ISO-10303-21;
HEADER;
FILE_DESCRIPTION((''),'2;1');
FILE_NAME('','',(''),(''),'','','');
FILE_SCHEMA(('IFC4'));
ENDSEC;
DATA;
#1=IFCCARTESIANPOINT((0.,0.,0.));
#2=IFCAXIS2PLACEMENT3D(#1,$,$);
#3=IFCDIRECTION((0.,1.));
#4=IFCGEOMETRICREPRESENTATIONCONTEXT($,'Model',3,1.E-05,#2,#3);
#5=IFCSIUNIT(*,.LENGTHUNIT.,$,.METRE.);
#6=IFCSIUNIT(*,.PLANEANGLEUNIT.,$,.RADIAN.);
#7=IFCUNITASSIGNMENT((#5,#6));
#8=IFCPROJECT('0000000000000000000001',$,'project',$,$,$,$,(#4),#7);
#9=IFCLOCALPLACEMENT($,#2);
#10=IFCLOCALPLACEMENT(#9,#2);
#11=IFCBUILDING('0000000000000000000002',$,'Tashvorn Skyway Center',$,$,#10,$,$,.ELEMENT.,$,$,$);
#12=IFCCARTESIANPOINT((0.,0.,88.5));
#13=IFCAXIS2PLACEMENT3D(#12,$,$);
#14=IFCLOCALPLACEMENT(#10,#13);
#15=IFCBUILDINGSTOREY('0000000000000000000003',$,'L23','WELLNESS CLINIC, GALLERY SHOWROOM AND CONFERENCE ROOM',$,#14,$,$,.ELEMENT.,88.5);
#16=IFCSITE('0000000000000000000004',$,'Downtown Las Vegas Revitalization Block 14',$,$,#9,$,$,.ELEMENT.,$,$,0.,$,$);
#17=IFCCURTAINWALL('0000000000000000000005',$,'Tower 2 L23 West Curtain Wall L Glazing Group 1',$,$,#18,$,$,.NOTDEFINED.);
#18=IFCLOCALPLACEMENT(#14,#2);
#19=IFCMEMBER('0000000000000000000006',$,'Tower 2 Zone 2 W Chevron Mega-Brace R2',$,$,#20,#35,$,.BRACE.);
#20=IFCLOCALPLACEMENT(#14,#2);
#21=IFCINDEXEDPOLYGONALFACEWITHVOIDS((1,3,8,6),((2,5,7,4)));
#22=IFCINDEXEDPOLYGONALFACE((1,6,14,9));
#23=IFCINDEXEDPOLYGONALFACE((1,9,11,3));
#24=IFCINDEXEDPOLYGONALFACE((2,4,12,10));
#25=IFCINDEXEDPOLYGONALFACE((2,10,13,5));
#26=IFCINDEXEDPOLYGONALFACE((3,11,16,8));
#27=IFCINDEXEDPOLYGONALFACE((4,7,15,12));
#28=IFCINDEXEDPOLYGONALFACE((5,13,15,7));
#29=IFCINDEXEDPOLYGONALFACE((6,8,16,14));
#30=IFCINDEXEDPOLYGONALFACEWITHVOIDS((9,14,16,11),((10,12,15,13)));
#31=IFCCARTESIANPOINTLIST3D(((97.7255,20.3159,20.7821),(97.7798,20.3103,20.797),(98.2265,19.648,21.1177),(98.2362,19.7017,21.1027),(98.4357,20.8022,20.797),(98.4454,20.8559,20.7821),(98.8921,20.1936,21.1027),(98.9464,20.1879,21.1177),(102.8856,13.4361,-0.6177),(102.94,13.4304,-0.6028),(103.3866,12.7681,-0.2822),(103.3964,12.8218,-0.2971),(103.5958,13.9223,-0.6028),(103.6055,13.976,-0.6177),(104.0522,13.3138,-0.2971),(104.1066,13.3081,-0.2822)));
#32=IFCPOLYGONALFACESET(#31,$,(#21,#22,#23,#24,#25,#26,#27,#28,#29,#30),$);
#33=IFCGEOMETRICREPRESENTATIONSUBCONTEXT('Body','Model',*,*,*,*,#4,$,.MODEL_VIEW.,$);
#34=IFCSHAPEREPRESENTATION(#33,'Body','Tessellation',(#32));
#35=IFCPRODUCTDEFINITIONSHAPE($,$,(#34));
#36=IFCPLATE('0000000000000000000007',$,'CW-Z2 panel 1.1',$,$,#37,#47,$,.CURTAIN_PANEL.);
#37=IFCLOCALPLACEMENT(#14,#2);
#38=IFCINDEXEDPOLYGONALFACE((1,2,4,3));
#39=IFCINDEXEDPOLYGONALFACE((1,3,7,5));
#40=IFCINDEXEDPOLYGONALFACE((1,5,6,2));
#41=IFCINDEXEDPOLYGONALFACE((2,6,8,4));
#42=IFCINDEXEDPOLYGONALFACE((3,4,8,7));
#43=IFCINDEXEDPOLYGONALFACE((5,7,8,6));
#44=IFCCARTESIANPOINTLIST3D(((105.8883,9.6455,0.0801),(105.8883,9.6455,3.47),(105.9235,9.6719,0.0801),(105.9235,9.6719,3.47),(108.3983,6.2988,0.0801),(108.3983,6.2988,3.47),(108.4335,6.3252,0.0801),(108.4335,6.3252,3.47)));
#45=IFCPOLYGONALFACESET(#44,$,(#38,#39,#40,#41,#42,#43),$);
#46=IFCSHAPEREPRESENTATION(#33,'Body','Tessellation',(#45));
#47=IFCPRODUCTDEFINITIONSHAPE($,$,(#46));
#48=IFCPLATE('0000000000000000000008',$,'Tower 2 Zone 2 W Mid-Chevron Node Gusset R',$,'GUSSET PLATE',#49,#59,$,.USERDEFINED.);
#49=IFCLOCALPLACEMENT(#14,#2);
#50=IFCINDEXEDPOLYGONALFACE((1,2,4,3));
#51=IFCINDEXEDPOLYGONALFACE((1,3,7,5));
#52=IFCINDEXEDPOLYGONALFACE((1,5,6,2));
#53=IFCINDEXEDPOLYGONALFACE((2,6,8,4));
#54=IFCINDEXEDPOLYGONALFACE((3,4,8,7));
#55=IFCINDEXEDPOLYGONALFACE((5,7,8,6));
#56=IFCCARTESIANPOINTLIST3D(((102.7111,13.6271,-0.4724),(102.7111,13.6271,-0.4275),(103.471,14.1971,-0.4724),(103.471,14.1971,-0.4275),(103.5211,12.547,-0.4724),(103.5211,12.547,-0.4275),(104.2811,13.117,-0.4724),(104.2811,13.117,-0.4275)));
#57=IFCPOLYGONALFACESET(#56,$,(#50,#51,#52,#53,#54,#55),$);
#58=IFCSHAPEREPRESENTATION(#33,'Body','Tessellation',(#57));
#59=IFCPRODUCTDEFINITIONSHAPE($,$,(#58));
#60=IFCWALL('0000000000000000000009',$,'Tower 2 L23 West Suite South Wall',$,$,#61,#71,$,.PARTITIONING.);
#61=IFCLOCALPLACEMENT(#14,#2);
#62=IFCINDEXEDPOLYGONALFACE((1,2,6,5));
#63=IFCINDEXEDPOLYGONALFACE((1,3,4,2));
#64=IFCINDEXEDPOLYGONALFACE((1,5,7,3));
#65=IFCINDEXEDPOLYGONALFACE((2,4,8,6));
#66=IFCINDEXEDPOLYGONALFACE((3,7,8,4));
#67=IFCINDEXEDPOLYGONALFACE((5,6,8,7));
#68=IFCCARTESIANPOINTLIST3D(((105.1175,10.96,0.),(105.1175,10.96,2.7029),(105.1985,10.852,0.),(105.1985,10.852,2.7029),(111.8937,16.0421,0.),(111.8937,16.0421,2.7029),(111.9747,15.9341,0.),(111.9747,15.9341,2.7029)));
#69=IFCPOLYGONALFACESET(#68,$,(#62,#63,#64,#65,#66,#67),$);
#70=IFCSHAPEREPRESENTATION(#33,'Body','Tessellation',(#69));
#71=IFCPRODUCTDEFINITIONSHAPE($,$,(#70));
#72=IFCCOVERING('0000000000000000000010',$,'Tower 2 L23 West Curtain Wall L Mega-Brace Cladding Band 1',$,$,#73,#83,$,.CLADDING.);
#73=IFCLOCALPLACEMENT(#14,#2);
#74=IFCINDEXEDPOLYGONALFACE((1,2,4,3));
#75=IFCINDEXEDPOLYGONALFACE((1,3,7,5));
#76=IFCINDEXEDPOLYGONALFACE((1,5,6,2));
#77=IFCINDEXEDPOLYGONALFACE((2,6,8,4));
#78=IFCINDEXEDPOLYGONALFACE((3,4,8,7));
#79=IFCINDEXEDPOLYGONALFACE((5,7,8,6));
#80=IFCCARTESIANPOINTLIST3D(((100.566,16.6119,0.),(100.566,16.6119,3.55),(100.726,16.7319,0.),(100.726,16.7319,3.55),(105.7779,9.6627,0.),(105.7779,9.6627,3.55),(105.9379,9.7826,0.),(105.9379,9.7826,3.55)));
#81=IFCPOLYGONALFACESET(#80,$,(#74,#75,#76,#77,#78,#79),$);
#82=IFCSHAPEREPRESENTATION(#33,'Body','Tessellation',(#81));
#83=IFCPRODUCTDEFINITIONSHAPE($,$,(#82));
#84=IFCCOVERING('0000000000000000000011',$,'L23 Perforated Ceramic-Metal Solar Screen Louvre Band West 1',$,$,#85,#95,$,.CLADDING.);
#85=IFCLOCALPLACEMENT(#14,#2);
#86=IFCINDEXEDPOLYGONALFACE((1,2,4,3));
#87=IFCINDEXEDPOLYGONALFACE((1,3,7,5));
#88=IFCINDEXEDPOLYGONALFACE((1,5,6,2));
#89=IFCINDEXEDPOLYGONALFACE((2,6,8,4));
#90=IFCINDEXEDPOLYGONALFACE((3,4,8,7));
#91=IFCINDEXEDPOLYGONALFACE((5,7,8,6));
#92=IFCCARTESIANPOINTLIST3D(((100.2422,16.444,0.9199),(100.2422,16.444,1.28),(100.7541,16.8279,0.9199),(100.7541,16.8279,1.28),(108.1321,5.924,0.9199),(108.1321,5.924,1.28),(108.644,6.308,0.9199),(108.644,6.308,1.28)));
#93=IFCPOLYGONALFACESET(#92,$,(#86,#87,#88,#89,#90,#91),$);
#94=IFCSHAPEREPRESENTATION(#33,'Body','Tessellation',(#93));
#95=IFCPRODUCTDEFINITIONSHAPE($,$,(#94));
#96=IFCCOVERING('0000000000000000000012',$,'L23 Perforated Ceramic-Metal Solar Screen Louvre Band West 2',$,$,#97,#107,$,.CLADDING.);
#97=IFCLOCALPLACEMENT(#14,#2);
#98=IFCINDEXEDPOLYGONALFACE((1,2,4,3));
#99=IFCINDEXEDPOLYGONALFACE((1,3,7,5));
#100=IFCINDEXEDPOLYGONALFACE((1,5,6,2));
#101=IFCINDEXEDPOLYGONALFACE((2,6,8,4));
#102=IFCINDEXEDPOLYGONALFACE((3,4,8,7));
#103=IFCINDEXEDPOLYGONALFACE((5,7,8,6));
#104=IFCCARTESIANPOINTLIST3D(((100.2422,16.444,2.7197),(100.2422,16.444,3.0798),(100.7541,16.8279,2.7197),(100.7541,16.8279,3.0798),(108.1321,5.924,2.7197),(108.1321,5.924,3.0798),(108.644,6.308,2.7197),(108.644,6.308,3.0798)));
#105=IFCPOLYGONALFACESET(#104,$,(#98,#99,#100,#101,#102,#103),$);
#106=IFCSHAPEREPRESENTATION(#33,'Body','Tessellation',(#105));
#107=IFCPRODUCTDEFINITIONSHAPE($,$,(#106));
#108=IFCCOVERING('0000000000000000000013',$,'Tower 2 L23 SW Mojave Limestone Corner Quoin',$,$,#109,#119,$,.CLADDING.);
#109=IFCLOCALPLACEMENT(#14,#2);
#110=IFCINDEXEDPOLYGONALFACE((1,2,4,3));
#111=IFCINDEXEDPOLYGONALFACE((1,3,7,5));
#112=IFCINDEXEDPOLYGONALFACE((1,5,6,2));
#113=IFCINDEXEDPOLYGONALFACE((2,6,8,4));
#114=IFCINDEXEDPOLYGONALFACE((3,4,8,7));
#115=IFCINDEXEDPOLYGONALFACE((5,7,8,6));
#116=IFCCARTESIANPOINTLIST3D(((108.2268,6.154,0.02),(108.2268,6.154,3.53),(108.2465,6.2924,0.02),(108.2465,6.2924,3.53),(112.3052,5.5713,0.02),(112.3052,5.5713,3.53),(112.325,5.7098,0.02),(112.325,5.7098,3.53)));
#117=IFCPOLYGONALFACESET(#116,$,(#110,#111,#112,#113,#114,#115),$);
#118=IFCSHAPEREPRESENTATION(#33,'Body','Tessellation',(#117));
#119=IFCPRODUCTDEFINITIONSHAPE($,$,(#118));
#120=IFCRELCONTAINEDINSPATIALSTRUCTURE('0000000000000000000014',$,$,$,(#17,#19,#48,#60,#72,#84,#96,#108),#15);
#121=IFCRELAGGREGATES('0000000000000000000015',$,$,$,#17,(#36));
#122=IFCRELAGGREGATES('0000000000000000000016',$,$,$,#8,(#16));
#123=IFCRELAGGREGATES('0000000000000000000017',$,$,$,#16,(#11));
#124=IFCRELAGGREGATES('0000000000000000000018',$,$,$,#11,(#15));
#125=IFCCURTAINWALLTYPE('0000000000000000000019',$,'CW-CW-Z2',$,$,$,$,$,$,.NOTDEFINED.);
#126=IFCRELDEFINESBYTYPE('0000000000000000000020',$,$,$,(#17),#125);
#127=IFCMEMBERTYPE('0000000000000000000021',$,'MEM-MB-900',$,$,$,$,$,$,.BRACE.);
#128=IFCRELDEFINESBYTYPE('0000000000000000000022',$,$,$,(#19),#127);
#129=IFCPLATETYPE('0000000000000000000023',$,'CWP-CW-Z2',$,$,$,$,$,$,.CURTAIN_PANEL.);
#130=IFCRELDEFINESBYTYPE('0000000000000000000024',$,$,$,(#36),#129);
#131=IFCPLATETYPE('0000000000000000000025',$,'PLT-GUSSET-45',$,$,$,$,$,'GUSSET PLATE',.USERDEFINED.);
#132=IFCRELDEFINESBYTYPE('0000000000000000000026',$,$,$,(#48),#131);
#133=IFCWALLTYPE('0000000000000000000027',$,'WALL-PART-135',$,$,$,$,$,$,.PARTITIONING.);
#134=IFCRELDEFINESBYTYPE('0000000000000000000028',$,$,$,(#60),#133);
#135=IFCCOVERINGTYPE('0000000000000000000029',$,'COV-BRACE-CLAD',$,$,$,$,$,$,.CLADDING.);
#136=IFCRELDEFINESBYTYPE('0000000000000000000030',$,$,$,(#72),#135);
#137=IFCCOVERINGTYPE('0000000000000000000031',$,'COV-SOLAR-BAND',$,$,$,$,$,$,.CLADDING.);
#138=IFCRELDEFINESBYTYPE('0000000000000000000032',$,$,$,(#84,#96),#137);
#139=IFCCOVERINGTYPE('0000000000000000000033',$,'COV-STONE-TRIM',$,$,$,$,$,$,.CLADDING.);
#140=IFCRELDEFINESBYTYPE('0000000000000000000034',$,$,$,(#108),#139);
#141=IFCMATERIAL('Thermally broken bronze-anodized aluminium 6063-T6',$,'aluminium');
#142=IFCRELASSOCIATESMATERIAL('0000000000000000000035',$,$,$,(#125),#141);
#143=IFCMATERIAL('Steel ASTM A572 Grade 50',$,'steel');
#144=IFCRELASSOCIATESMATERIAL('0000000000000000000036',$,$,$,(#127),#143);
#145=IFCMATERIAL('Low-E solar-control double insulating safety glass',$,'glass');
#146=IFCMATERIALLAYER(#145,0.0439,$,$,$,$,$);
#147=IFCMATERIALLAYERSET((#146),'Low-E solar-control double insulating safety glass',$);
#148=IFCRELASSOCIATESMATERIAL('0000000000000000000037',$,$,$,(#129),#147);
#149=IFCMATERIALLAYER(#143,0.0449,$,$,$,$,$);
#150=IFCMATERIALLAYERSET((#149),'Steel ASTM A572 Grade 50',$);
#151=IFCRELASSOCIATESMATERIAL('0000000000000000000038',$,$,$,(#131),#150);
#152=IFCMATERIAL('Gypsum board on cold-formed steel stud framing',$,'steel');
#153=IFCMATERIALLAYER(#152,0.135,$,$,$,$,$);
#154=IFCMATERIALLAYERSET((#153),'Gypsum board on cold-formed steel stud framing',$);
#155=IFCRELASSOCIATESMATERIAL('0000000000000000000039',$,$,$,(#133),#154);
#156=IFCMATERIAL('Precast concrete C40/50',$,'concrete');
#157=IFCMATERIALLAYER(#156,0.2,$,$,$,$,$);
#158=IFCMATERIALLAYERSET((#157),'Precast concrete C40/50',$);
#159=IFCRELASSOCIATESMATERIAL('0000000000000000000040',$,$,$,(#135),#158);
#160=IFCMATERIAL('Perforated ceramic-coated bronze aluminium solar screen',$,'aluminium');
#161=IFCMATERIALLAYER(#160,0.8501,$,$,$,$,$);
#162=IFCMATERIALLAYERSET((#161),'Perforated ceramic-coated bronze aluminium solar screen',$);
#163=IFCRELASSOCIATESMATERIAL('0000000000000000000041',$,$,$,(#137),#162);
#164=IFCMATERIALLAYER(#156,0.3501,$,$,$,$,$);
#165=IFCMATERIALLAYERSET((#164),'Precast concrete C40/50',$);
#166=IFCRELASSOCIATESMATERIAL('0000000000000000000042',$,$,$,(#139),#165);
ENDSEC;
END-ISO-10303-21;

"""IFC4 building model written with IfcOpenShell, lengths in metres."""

from ifc_helpers import new_model, si_unit, direction, frame, frame_2d, origin, origin_2d, place, context, subcontext, project, spatial, rectangle, hollow_rectangle, extrude, material, layer, layer_set, material_profile, profile_set, type_object, element, aggregate, save


model = new_model("IFC4")

# Units and contexts
model_context = context("Model", 3, precision=1e-05, world=origin(), true_north=direction((0.0, 1.0)))
body_context = subcontext(model_context, "Body", "Model", "MODEL_VIEW")
ifc_project = project(units=[si_unit("LENGTHUNIT", "METRE"), si_unit("PLANEANGLEUNIT", "RADIAN")], contexts=[model_context])

# Site, building, storey
site_placement = place(None, origin())
site = spatial("IfcSite", under=ifc_project, at=site_placement, Name="Downtown Las Vegas Revitalization Block 14", CompositionType="ELEMENT", RefElevation=0.0)
building_placement = place(site_placement, origin())
building = spatial("IfcBuilding", under=site, at=building_placement, Name="Tashvorn Skyway Center", CompositionType="ELEMENT")
storey_placement = place(building_placement, frame((0.0, 0.0, 88.5)))
storey = spatial("IfcBuildingStorey", under=building, at=storey_placement, Name="L23", Description="WELLNESS CLINIC, GALLERY SHOWROOM AND CONFERENCE ROOM", CompositionType="ELEMENT", Elevation=88.5)

# Shared definitions
ifc_material_1 = material(Name="Steel ASTM A572 Grade 50", Category="steel")

# Shared definitions
ifc_material_2 = material(Name="Thermally broken bronze-anodized aluminium 6063-T6", Category="aluminium")
curtain_wall_type = type_object("IfcCurtainWallType", Name="CW-CW-Z2", PredefinedType="NOTDEFINED", material=ifc_material_2)

# Curtain wall
curtain_wall_1_placement = place(storey_placement, origin())
curtain_wall_1 = element("IfcCurtainWall", 1, at=curtain_wall_1_placement, inside=storey, type_object=curtain_wall_type, Name="Tower 2 L23 West Curtain Wall L Glazing Group 1", PredefinedType="NOTDEFINED")

# Member
ifc_material_profile_1 = material_profile(ifc_material_1, hollow_rectangle(XDim=0.8999, YDim=0.8999, WallThickness=0.04, at=origin_2d()), Name="BOX900x900x40")
ifc_profile_set_1 = profile_set([ifc_material_profile_1], Name="Steel ASTM A572 Grade 50")
member_type_1 = type_object("IfcMemberType", Name="MEM-MB-900", PredefinedType="BRACE", material=ifc_profile_set_1)
member_1_placement = place(storey_placement, frame((103.4961, 13.3721, -0.45), z_axis=(-0.223739, 0.298304, 0.927877), x_axis=(-0.799986, -0.600018, 0.0)))
element("IfcMember", 2, at=member_1_placement, inside=storey, type_object=member_type_1, Name="Tower 2 Zone 2 W Chevron Mega-Brace R2", PredefinedType="BRACE", context=body_context, shape_type="SweptSolid", body=[
    extrude(hollow_rectangle(XDim=0.8999, YDim=0.8999, WallThickness=0.04, at=origin_2d()), origin(), (0.0, 0.0, 1.0), 23.0632),
])

# Plates
ifc_material_3 = material(Name="Low-E solar-control double insulating safety glass", Category="glass")
ifc_layer_1 = layer(ifc_material_3, 0.0439)
ifc_layer_set_1 = layer_set([ifc_layer_1], Name="Low-E solar-control double insulating safety glass")
plate_type_1 = type_object("IfcPlateType", Name="CWP-CW-Z2", PredefinedType="CURTAIN_PANEL", material=ifc_layer_set_1)
plate_1_placement = place(storey_placement, frame((107.1609, 7.9854, 0.0801), z_axis=(0.0, 0.0, 1.0), x_axis=(-0.599996, 0.800003, 0.0)))
plate_1 = element("IfcPlate", 3, at=plate_1_placement, type_object=plate_type_1, Name="CW-Z2 panel 1.1", PredefinedType="CURTAIN_PANEL", context=body_context, shape_type="SweptSolid", body=[
    extrude(rectangle(XDim=4.1833, YDim=0.0439, at=origin_2d()), origin(), (0.0, 0.0, 1.0), 3.3899),
])
aggregate(curtain_wall_1, [plate_1])
ifc_layer_2 = layer(ifc_material_1, 0.0449)
ifc_layer_set_2 = layer_set([ifc_layer_2], Name="Steel ASTM A572 Grade 50")
plate_type_2 = type_object("IfcPlateType", Name="PLT-GUSSET-45", ElementType="GUSSET PLATE", PredefinedType="USERDEFINED", material=ifc_layer_set_2)
plate_2_placement = place(storey_placement, frame((103.4961, 13.3721, -0.4724), z_axis=(0.0, 0.0, 1.0), x_axis=(0.6, -0.8, 0.0)))
element("IfcPlate", 4, at=plate_2_placement, inside=storey, type_object=plate_type_2, Name="Tower 2 Zone 2 W Mid-Chevron Node Gusset R", ObjectType="GUSSET PLATE", PredefinedType="USERDEFINED", context=body_context, shape_type="SweptSolid", body=[
    extrude(rectangle(XDim=1.3501, YDim=0.95, at=origin_2d()), origin(), (0.0, 0.0, 1.0), 0.0449),
])

# Wall
ifc_material_4 = material(Name="Gypsum board on cold-formed steel stud framing", Category="steel")
ifc_layer_3 = layer(ifc_material_4, 0.135)
ifc_layer_set_3 = layer_set([ifc_layer_3], Name="Gypsum board on cold-formed steel stud framing")
wall_type = type_object("IfcWallType", Name="WALL-PART-135", PredefinedType="PARTITIONING", material=ifc_layer_set_3)
wall_placement = place(storey_placement, frame((105.158, 10.906, 0.0), z_axis=(0.0, 0.0, 1.0), x_axis=(0.800003, 0.599995, 0.0)))
element("IfcWall", 5, at=wall_placement, inside=storey, type_object=wall_type, Name="Tower 2 L23 West Suite South Wall", PredefinedType="PARTITIONING", context=body_context, shape_type="SweptSolid", body=[
    extrude(rectangle(XDim=8.4702, YDim=0.135, at=frame_2d((4.2351, 0.0))), origin(), (0.0, 0.0, 1.0), 2.7029),
])

# Coverings
ifc_material_5 = material(Name="Precast concrete C40/50", Category="concrete")
ifc_layer_4 = layer(ifc_material_5, 0.2)
ifc_layer_set_4 = layer_set([ifc_layer_4], Name="Precast concrete C40/50")
covering_type_1 = type_object("IfcCoveringType", Name="COV-BRACE-CLAD", PredefinedType="CLADDING", material=ifc_layer_set_4)
covering_1_placement = place(storey_placement, frame((103.252, 13.1973, 0.0), z_axis=(0.0, 0.0, 1.0), x_axis=(-0.6, 0.8, 0.0)))
element("IfcCovering", 6, at=covering_1_placement, inside=storey, type_object=covering_type_1, Name="Tower 2 L23 West Curtain Wall L Mega-Brace Cladding Band 1", PredefinedType="CLADDING", context=body_context, shape_type="SweptSolid", body=[
    extrude(rectangle(XDim=8.6865, YDim=0.2, at=origin_2d()), origin(), (0.0, 0.0, 1.0), 3.55),
])
ifc_material_6 = material(Name="Perforated ceramic-coated bronze aluminium solar screen", Category="aluminium")
ifc_layer_5 = layer(ifc_material_6, 0.8501)
ifc_layer_set_5 = layer_set([ifc_layer_5], Name="Perforated ceramic-coated bronze aluminium solar screen")
covering_type_2 = type_object("IfcCoveringType", Name="COV-SOLAR-BAND", PredefinedType="CLADDING", material=ifc_layer_set_5)
for number, where, z_axis, x_axis, name in (
    (7, (104.4431, 11.376, 0.9199), (0.0, 0.0, 1.0), (-0.6, 0.8, 0.0), "L23 Perforated Ceramic-Metal Solar Screen Louvre Band West 1"),
    (8, (104.4431, 11.376, 2.7197), (0.0, 0.0, 1.0), (-0.6, 0.8, 0.0), "L23 Perforated Ceramic-Metal Solar Screen Louvre Band West 2"),
):
    element("IfcCovering", number, at=place(storey_placement, frame(where, z_axis=z_axis, x_axis=x_axis)), inside=storey, type_object=covering_type_2, Name=name, PredefinedType="CLADDING", context=body_context, shape_type="SweptSolid", body=[
        extrude(rectangle(XDim=13.1499, YDim=0.6399, at=origin_2d()), origin(), (0.0, 0.0, 1.0), 0.3601),
    ])
ifc_layer_6 = layer(ifc_material_5, 0.3501)
ifc_layer_set_6 = layer_set([ifc_layer_6], Name="Precast concrete C40/50")
covering_type_3 = type_object("IfcCoveringType", Name="COV-STONE-TRIM", PredefinedType="CLADDING", material=ifc_layer_set_6)
covering_2_placement = place(storey_placement, frame((110.2759, 5.9319, 0.02), z_axis=(0.0, 0.0, 1.0), x_axis=(-0.989949, 0.141421, 0.0)))
element("IfcCovering", 9, at=covering_2_placement, inside=storey, type_object=covering_type_3, Name="Tower 2 L23 SW Mojave Limestone Corner Quoin", PredefinedType="CLADDING", context=body_context, shape_type="SweptSolid", body=[
    extrude(rectangle(XDim=4.1199, YDim=0.1399, at=origin_2d()), origin(), (0.0, 0.0, 1.0), 3.51),
])

save(model, "model.ifc")
